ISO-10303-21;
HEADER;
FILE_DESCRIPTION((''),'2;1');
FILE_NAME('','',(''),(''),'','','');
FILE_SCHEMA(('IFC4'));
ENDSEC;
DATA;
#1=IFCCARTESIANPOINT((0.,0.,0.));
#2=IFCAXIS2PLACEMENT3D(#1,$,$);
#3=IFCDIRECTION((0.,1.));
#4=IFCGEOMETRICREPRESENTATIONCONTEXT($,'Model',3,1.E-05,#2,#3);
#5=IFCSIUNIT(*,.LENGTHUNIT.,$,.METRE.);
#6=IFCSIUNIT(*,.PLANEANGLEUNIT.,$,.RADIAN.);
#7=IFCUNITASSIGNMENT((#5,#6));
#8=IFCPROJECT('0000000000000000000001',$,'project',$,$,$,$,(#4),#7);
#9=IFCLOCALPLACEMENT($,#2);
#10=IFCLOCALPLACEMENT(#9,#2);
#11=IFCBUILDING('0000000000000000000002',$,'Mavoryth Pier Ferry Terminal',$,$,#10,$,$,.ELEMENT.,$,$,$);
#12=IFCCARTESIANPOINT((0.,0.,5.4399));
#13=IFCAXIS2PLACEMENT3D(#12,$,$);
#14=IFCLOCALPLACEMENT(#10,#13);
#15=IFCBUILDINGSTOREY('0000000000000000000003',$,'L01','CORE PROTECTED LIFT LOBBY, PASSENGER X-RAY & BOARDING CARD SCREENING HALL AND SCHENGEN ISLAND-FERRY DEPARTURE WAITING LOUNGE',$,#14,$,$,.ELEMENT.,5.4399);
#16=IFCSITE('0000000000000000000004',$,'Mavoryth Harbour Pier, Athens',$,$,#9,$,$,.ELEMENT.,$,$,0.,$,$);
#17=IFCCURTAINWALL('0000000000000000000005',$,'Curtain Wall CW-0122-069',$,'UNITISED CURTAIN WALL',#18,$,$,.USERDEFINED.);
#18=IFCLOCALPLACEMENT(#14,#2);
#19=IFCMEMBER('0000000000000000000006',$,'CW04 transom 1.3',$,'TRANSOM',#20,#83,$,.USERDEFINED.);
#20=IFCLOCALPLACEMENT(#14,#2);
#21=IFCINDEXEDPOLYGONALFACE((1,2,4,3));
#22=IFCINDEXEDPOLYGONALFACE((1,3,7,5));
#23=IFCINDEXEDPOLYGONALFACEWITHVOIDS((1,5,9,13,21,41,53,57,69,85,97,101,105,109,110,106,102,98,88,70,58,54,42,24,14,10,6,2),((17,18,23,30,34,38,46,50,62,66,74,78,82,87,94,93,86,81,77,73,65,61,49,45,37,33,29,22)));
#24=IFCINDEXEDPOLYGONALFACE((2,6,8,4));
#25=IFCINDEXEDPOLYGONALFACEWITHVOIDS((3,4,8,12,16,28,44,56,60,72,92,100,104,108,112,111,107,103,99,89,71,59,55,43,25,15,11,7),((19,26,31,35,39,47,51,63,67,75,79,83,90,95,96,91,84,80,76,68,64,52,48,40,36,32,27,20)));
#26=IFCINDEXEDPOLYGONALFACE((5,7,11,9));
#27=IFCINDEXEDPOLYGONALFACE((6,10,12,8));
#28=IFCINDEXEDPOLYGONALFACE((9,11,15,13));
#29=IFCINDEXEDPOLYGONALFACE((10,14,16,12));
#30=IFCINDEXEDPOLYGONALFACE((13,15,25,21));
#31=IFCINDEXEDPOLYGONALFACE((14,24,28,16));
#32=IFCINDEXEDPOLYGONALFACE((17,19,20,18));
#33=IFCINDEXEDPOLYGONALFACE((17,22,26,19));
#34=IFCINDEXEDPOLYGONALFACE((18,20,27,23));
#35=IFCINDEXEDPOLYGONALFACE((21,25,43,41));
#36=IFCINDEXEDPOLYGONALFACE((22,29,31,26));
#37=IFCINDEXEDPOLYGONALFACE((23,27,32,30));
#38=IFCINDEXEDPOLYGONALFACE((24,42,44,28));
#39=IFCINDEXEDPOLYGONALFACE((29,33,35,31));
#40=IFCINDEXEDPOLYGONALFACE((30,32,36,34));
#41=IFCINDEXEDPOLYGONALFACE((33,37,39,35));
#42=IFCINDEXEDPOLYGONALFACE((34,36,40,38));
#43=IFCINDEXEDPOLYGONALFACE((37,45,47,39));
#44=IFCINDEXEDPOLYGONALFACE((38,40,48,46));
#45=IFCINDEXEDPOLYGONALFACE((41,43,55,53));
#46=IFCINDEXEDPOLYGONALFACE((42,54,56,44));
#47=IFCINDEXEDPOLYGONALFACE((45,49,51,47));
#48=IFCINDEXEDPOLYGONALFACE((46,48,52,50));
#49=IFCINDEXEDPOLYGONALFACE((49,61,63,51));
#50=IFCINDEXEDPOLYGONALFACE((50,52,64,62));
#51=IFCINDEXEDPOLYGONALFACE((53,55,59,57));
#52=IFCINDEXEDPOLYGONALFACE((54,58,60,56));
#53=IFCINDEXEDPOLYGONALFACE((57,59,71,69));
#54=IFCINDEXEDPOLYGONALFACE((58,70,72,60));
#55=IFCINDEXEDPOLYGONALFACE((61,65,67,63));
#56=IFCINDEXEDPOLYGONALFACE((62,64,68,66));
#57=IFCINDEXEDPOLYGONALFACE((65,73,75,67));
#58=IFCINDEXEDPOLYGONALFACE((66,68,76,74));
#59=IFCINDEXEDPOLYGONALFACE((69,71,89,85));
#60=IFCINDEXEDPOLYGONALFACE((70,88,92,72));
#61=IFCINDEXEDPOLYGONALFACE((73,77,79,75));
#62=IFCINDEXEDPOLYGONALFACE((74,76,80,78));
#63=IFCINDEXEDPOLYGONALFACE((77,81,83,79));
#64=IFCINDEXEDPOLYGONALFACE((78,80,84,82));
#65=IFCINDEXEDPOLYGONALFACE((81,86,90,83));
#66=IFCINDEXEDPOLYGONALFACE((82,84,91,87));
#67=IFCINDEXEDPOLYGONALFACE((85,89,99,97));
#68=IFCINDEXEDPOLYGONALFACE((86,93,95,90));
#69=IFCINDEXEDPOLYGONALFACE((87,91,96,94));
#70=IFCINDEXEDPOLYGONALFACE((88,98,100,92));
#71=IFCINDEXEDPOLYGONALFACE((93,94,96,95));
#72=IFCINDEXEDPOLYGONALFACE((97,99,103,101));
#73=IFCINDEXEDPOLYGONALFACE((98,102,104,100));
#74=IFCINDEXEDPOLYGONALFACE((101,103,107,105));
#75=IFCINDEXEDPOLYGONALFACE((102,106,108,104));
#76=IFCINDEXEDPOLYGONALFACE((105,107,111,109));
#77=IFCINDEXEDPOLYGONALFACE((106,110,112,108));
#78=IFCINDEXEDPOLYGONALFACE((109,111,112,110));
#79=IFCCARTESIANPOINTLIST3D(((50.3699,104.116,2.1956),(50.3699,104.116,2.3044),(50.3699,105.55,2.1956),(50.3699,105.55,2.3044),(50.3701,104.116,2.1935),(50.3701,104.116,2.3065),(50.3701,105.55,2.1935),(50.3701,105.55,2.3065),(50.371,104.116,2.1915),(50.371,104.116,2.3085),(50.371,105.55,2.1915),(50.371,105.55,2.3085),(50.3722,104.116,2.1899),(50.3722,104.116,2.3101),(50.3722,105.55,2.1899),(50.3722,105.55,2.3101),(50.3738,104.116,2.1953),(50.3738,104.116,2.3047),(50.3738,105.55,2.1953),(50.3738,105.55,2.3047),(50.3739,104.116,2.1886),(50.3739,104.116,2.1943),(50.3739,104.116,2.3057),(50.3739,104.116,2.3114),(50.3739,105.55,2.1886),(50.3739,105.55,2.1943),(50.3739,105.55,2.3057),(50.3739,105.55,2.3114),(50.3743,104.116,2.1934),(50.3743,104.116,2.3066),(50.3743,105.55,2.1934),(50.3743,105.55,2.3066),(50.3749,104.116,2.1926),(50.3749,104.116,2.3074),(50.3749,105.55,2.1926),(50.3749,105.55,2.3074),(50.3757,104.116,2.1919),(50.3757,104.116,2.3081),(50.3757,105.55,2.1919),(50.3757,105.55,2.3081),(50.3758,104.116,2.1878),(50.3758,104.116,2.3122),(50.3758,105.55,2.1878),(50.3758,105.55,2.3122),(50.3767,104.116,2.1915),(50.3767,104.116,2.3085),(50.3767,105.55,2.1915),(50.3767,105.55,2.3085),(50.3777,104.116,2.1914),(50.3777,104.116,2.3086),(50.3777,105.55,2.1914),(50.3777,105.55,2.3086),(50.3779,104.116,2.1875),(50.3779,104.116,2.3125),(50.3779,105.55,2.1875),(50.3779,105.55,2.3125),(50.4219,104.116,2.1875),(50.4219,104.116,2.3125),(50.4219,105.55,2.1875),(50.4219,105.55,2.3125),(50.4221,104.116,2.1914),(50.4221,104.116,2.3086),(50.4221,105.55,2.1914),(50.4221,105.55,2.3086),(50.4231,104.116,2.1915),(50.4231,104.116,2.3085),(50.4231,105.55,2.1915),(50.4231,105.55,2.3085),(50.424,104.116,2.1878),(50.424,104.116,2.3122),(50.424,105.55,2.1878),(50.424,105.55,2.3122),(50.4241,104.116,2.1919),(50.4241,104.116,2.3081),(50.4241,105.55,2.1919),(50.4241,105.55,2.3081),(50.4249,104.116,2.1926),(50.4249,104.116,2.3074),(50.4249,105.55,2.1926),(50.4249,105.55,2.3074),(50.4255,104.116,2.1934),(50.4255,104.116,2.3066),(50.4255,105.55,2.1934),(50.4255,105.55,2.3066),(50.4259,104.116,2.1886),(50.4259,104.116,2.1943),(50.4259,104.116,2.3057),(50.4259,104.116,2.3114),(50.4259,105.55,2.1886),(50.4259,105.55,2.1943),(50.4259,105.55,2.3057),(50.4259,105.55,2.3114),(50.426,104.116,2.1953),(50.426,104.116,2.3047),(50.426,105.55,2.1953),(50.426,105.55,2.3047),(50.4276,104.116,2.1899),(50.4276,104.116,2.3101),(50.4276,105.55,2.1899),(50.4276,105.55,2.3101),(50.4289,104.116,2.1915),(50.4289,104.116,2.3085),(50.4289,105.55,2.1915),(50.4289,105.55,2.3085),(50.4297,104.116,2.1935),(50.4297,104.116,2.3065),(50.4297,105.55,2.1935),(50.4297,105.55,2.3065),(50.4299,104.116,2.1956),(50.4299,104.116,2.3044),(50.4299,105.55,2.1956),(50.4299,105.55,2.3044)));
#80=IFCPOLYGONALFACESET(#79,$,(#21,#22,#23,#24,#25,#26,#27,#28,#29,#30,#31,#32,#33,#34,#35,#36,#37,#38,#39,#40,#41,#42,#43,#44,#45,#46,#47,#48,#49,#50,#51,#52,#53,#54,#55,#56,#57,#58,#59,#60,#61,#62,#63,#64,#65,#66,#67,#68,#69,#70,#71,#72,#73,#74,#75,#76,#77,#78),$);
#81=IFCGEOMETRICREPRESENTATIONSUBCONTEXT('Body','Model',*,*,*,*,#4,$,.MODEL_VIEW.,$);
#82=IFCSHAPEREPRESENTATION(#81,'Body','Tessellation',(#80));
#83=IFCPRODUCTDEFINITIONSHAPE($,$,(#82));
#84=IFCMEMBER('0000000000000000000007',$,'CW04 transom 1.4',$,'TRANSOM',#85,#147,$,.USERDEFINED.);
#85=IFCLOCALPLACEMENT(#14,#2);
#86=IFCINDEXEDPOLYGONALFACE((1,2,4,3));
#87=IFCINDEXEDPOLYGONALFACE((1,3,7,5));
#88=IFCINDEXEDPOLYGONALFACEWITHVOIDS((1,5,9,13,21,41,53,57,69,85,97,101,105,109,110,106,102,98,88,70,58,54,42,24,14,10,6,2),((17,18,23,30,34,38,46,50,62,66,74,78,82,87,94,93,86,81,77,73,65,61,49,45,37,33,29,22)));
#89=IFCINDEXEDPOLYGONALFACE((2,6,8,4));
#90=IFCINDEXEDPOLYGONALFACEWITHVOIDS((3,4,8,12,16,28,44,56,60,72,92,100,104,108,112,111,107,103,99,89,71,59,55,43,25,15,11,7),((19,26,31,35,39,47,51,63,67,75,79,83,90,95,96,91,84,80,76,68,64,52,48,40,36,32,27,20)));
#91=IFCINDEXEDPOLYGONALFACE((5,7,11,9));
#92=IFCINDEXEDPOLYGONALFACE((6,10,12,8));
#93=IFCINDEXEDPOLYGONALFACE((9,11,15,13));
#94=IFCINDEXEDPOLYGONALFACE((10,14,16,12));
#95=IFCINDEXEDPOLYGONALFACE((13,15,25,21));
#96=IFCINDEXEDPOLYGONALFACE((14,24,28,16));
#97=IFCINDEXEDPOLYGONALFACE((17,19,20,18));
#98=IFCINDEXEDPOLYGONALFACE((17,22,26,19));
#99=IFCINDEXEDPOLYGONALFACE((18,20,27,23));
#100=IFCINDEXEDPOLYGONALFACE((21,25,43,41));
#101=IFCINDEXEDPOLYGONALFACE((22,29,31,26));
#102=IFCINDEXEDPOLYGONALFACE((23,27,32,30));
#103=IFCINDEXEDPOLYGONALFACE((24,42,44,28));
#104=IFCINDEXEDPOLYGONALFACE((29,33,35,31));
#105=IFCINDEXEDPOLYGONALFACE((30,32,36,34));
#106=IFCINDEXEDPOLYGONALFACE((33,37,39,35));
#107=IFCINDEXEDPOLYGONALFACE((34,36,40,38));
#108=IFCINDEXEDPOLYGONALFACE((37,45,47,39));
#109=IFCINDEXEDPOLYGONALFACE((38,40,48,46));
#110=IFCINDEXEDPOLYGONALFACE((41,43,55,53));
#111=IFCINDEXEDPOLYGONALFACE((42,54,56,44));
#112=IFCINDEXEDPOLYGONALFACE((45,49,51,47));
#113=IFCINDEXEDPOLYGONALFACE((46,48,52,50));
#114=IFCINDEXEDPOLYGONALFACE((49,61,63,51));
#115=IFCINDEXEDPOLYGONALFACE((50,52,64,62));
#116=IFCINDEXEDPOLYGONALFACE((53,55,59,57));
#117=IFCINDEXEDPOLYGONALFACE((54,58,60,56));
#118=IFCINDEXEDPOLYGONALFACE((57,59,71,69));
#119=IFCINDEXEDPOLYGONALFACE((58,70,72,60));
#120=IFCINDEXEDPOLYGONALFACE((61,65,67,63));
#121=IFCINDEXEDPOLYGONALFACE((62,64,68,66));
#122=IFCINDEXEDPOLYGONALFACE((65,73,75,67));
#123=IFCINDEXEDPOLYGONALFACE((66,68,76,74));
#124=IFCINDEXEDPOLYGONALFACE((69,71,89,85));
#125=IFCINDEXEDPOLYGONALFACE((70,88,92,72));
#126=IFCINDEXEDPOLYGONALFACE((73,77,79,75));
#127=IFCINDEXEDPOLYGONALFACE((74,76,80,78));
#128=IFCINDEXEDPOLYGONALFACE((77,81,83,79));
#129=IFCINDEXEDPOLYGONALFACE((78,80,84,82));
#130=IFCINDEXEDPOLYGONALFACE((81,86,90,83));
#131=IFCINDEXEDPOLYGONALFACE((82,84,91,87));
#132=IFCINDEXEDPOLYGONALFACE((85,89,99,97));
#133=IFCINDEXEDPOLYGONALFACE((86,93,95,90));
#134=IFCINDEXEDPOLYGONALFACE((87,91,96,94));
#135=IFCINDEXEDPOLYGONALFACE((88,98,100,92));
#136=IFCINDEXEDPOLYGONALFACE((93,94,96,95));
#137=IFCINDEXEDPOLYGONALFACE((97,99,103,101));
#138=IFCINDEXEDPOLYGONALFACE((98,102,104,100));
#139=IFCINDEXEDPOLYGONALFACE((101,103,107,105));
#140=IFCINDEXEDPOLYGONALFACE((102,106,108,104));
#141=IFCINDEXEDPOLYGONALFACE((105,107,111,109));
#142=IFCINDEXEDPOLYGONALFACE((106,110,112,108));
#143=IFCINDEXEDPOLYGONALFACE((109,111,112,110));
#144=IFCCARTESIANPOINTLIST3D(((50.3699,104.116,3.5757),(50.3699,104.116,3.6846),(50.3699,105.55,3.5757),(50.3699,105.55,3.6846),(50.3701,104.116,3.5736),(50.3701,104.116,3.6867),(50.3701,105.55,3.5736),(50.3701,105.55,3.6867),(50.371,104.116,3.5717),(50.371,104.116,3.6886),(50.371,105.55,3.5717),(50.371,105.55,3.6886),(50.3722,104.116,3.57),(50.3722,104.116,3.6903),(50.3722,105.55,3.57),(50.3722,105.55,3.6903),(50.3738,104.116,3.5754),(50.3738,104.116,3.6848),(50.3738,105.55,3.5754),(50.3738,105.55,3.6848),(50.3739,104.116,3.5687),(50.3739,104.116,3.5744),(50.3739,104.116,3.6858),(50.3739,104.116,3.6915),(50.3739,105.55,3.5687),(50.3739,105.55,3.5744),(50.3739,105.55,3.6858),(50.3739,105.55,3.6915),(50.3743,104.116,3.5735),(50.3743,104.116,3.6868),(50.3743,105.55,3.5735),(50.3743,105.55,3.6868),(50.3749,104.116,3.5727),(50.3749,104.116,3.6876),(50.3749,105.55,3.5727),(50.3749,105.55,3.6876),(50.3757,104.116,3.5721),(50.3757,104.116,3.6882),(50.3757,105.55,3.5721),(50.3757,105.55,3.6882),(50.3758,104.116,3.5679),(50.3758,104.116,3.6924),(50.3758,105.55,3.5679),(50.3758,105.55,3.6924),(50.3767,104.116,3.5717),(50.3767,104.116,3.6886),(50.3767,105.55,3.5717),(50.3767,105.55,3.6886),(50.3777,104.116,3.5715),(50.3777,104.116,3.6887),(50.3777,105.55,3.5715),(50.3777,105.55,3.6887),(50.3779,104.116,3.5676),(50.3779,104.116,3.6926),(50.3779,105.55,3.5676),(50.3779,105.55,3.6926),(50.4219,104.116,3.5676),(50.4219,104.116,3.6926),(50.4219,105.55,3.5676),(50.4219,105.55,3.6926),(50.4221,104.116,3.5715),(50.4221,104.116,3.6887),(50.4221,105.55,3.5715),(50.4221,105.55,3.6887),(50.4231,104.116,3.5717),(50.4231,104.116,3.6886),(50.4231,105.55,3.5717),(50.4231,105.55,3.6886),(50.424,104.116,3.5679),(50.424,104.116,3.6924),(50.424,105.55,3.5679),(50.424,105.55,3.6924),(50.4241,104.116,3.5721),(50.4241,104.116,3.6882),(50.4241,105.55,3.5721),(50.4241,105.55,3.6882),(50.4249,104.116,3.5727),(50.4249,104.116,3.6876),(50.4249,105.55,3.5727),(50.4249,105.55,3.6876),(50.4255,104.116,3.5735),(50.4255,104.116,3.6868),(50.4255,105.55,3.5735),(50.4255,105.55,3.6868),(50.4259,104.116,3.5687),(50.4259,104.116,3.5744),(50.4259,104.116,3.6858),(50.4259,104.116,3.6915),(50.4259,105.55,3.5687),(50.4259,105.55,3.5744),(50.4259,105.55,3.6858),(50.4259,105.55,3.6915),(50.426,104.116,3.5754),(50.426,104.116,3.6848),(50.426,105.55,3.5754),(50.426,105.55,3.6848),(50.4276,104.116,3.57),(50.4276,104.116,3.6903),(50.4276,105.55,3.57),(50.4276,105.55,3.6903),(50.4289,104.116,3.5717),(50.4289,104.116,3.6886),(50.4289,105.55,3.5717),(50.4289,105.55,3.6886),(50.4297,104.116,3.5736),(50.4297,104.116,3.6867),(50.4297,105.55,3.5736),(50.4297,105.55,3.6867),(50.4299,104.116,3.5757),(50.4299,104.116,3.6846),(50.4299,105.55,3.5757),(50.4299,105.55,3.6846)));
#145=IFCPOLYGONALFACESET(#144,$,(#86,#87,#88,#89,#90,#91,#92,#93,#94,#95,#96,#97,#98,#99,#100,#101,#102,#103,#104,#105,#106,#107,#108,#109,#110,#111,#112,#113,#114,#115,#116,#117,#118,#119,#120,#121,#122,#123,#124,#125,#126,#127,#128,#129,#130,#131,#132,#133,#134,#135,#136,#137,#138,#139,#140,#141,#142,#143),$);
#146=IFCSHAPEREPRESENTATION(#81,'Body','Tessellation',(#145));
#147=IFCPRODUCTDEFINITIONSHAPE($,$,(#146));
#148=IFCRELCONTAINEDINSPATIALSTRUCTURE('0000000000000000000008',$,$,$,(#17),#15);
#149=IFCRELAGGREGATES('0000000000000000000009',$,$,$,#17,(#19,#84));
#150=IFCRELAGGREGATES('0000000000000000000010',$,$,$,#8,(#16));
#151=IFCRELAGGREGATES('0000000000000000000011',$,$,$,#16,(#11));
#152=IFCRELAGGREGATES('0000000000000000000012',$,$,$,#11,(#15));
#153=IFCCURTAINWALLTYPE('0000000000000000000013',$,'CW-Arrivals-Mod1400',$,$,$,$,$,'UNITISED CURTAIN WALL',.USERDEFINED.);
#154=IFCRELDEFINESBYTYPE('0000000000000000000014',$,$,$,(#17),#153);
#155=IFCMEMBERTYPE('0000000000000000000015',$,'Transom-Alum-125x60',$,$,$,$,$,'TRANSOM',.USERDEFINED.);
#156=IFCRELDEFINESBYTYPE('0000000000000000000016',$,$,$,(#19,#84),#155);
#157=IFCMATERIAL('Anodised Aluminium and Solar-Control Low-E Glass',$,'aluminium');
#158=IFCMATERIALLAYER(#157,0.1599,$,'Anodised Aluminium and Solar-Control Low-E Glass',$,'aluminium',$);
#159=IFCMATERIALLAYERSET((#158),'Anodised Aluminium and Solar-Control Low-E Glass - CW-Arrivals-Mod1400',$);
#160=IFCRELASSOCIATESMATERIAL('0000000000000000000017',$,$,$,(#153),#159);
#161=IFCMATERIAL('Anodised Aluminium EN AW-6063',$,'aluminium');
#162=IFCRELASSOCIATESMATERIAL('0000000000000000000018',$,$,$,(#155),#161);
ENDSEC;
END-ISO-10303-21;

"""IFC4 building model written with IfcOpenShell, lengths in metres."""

from ifc_helpers import new_model, si_unit, direction, frame, origin, origin_2d, place, context, subcontext, project, spatial, hollow_rectangle, extrude, material, layer, layer_set, material_profile, profile_set, type_object, element, aggregate, save


model = new_model("IFC4")

# Units and contexts
model_context = context("Model", 3, precision=1e-05, world=origin(), true_north=direction((0.0, 1.0)))
body_context = subcontext(model_context, "Body", "Model", "MODEL_VIEW")
ifc_project = project(units=[si_unit("LENGTHUNIT", "METRE"), si_unit("PLANEANGLEUNIT", "RADIAN")], contexts=[model_context])

# Site, building, storey
site_placement = place(None, origin())
site = spatial("IfcSite", under=ifc_project, at=site_placement, Name="Mavoryth Harbour Pier, Athens", CompositionType="ELEMENT", RefElevation=0.0)
building_placement = place(site_placement, origin())
building = spatial("IfcBuilding", under=site, at=building_placement, Name="Mavoryth Pier Ferry Terminal", CompositionType="ELEMENT")
storey_placement = place(building_placement, frame((0.0, 0.0, 5.4399)))
storey = spatial("IfcBuildingStorey", under=building, at=storey_placement, Name="L01", Description="CORE PROTECTED LIFT LOBBY, PASSENGER X-RAY & BOARDING CARD SCREENING HALL AND SCHENGEN ISLAND-FERRY DEPARTURE WAITING LOUNGE", CompositionType="ELEMENT", Elevation=5.4399)

# Curtain wall
ifc_material_1 = material(Name="Anodised Aluminium and Solar-Control Low-E Glass", Category="aluminium")
ifc_layer_1 = layer(ifc_material_1, 0.1599, Name="Anodised Aluminium and Solar-Control Low-E Glass", Category="aluminium")
ifc_layer_set_1 = layer_set([ifc_layer_1], Name="Anodised Aluminium and Solar-Control Low-E Glass - CW-Arrivals-Mod1400")
curtain_wall_type = type_object("IfcCurtainWallType", Name="CW-Arrivals-Mod1400", ElementType="UNITISED CURTAIN WALL", PredefinedType="USERDEFINED", material=ifc_layer_set_1)
curtain_wall_placement = place(storey_placement, origin())
curtain_wall = element("IfcCurtainWall", 1, at=curtain_wall_placement, inside=storey, type_object=curtain_wall_type, Name="Curtain Wall CW-0122-069", ObjectType="UNITISED CURTAIN WALL", PredefinedType="USERDEFINED")
ifc_material_2 = material(Name="Anodised Aluminium EN AW-6063", Category="aluminium")

# Members
ifc_material_profile_1 = material_profile(ifc_material_2, hollow_rectangle(XDim=0.0601, YDim=0.125, WallThickness=0.0039, InnerFilletRadius=0.0039, OuterFilletRadius=0.0081, at=origin_2d()), Name="AL-TRAN 125x60x4", Category="aluminium")
ifc_profile_set_1 = profile_set([ifc_material_profile_1], Name="Anodised Aluminium EN AW-6063 - AL-TRAN 125x60x4")
member_type_1 = type_object("IfcMemberType", Name="Transom-Alum-125x60", ElementType="TRANSOM", PredefinedType="USERDEFINED", material=ifc_profile_set_1)
member_1_placement = place(storey_placement, frame((50.3999, 105.55, 2.25), z_axis=(0.0, -1.0, 0.0), x_axis=(1.0, 0.0, 0.0)))
member_1 = element("IfcMember", 2, at=member_1_placement, type_object=member_type_1, Name="CW04 transom 1.3", ObjectType="TRANSOM", PredefinedType="USERDEFINED", context=body_context, shape_type="SweptSolid", body=[
    extrude(hollow_rectangle(XDim=0.0601, YDim=0.125, WallThickness=0.0039, InnerFilletRadius=0.0039, OuterFilletRadius=0.0081, at=origin_2d()), origin(), (0.0, 0.0, 1.0), 1.4341),
])
member_2_placement = place(storey_placement, frame((50.3999, 105.55, 3.6301), z_axis=(0.0, -1.0, 0.0), x_axis=(1.0, 0.0, 0.0)))
member_2 = element("IfcMember", 3, at=member_2_placement, type_object=member_type_1, Name="CW04 transom 1.4", ObjectType="TRANSOM", PredefinedType="USERDEFINED", context=body_context, shape_type="SweptSolid", body=[
    extrude(hollow_rectangle(XDim=0.0601, YDim=0.125, WallThickness=0.0039, InnerFilletRadius=0.0039, OuterFilletRadius=0.0081, at=origin_2d()), origin(), (0.0, 0.0, 1.0), 1.4341),
])

aggregate(curtain_wall, [member_1, member_2])

save(model, "model.ifc")
